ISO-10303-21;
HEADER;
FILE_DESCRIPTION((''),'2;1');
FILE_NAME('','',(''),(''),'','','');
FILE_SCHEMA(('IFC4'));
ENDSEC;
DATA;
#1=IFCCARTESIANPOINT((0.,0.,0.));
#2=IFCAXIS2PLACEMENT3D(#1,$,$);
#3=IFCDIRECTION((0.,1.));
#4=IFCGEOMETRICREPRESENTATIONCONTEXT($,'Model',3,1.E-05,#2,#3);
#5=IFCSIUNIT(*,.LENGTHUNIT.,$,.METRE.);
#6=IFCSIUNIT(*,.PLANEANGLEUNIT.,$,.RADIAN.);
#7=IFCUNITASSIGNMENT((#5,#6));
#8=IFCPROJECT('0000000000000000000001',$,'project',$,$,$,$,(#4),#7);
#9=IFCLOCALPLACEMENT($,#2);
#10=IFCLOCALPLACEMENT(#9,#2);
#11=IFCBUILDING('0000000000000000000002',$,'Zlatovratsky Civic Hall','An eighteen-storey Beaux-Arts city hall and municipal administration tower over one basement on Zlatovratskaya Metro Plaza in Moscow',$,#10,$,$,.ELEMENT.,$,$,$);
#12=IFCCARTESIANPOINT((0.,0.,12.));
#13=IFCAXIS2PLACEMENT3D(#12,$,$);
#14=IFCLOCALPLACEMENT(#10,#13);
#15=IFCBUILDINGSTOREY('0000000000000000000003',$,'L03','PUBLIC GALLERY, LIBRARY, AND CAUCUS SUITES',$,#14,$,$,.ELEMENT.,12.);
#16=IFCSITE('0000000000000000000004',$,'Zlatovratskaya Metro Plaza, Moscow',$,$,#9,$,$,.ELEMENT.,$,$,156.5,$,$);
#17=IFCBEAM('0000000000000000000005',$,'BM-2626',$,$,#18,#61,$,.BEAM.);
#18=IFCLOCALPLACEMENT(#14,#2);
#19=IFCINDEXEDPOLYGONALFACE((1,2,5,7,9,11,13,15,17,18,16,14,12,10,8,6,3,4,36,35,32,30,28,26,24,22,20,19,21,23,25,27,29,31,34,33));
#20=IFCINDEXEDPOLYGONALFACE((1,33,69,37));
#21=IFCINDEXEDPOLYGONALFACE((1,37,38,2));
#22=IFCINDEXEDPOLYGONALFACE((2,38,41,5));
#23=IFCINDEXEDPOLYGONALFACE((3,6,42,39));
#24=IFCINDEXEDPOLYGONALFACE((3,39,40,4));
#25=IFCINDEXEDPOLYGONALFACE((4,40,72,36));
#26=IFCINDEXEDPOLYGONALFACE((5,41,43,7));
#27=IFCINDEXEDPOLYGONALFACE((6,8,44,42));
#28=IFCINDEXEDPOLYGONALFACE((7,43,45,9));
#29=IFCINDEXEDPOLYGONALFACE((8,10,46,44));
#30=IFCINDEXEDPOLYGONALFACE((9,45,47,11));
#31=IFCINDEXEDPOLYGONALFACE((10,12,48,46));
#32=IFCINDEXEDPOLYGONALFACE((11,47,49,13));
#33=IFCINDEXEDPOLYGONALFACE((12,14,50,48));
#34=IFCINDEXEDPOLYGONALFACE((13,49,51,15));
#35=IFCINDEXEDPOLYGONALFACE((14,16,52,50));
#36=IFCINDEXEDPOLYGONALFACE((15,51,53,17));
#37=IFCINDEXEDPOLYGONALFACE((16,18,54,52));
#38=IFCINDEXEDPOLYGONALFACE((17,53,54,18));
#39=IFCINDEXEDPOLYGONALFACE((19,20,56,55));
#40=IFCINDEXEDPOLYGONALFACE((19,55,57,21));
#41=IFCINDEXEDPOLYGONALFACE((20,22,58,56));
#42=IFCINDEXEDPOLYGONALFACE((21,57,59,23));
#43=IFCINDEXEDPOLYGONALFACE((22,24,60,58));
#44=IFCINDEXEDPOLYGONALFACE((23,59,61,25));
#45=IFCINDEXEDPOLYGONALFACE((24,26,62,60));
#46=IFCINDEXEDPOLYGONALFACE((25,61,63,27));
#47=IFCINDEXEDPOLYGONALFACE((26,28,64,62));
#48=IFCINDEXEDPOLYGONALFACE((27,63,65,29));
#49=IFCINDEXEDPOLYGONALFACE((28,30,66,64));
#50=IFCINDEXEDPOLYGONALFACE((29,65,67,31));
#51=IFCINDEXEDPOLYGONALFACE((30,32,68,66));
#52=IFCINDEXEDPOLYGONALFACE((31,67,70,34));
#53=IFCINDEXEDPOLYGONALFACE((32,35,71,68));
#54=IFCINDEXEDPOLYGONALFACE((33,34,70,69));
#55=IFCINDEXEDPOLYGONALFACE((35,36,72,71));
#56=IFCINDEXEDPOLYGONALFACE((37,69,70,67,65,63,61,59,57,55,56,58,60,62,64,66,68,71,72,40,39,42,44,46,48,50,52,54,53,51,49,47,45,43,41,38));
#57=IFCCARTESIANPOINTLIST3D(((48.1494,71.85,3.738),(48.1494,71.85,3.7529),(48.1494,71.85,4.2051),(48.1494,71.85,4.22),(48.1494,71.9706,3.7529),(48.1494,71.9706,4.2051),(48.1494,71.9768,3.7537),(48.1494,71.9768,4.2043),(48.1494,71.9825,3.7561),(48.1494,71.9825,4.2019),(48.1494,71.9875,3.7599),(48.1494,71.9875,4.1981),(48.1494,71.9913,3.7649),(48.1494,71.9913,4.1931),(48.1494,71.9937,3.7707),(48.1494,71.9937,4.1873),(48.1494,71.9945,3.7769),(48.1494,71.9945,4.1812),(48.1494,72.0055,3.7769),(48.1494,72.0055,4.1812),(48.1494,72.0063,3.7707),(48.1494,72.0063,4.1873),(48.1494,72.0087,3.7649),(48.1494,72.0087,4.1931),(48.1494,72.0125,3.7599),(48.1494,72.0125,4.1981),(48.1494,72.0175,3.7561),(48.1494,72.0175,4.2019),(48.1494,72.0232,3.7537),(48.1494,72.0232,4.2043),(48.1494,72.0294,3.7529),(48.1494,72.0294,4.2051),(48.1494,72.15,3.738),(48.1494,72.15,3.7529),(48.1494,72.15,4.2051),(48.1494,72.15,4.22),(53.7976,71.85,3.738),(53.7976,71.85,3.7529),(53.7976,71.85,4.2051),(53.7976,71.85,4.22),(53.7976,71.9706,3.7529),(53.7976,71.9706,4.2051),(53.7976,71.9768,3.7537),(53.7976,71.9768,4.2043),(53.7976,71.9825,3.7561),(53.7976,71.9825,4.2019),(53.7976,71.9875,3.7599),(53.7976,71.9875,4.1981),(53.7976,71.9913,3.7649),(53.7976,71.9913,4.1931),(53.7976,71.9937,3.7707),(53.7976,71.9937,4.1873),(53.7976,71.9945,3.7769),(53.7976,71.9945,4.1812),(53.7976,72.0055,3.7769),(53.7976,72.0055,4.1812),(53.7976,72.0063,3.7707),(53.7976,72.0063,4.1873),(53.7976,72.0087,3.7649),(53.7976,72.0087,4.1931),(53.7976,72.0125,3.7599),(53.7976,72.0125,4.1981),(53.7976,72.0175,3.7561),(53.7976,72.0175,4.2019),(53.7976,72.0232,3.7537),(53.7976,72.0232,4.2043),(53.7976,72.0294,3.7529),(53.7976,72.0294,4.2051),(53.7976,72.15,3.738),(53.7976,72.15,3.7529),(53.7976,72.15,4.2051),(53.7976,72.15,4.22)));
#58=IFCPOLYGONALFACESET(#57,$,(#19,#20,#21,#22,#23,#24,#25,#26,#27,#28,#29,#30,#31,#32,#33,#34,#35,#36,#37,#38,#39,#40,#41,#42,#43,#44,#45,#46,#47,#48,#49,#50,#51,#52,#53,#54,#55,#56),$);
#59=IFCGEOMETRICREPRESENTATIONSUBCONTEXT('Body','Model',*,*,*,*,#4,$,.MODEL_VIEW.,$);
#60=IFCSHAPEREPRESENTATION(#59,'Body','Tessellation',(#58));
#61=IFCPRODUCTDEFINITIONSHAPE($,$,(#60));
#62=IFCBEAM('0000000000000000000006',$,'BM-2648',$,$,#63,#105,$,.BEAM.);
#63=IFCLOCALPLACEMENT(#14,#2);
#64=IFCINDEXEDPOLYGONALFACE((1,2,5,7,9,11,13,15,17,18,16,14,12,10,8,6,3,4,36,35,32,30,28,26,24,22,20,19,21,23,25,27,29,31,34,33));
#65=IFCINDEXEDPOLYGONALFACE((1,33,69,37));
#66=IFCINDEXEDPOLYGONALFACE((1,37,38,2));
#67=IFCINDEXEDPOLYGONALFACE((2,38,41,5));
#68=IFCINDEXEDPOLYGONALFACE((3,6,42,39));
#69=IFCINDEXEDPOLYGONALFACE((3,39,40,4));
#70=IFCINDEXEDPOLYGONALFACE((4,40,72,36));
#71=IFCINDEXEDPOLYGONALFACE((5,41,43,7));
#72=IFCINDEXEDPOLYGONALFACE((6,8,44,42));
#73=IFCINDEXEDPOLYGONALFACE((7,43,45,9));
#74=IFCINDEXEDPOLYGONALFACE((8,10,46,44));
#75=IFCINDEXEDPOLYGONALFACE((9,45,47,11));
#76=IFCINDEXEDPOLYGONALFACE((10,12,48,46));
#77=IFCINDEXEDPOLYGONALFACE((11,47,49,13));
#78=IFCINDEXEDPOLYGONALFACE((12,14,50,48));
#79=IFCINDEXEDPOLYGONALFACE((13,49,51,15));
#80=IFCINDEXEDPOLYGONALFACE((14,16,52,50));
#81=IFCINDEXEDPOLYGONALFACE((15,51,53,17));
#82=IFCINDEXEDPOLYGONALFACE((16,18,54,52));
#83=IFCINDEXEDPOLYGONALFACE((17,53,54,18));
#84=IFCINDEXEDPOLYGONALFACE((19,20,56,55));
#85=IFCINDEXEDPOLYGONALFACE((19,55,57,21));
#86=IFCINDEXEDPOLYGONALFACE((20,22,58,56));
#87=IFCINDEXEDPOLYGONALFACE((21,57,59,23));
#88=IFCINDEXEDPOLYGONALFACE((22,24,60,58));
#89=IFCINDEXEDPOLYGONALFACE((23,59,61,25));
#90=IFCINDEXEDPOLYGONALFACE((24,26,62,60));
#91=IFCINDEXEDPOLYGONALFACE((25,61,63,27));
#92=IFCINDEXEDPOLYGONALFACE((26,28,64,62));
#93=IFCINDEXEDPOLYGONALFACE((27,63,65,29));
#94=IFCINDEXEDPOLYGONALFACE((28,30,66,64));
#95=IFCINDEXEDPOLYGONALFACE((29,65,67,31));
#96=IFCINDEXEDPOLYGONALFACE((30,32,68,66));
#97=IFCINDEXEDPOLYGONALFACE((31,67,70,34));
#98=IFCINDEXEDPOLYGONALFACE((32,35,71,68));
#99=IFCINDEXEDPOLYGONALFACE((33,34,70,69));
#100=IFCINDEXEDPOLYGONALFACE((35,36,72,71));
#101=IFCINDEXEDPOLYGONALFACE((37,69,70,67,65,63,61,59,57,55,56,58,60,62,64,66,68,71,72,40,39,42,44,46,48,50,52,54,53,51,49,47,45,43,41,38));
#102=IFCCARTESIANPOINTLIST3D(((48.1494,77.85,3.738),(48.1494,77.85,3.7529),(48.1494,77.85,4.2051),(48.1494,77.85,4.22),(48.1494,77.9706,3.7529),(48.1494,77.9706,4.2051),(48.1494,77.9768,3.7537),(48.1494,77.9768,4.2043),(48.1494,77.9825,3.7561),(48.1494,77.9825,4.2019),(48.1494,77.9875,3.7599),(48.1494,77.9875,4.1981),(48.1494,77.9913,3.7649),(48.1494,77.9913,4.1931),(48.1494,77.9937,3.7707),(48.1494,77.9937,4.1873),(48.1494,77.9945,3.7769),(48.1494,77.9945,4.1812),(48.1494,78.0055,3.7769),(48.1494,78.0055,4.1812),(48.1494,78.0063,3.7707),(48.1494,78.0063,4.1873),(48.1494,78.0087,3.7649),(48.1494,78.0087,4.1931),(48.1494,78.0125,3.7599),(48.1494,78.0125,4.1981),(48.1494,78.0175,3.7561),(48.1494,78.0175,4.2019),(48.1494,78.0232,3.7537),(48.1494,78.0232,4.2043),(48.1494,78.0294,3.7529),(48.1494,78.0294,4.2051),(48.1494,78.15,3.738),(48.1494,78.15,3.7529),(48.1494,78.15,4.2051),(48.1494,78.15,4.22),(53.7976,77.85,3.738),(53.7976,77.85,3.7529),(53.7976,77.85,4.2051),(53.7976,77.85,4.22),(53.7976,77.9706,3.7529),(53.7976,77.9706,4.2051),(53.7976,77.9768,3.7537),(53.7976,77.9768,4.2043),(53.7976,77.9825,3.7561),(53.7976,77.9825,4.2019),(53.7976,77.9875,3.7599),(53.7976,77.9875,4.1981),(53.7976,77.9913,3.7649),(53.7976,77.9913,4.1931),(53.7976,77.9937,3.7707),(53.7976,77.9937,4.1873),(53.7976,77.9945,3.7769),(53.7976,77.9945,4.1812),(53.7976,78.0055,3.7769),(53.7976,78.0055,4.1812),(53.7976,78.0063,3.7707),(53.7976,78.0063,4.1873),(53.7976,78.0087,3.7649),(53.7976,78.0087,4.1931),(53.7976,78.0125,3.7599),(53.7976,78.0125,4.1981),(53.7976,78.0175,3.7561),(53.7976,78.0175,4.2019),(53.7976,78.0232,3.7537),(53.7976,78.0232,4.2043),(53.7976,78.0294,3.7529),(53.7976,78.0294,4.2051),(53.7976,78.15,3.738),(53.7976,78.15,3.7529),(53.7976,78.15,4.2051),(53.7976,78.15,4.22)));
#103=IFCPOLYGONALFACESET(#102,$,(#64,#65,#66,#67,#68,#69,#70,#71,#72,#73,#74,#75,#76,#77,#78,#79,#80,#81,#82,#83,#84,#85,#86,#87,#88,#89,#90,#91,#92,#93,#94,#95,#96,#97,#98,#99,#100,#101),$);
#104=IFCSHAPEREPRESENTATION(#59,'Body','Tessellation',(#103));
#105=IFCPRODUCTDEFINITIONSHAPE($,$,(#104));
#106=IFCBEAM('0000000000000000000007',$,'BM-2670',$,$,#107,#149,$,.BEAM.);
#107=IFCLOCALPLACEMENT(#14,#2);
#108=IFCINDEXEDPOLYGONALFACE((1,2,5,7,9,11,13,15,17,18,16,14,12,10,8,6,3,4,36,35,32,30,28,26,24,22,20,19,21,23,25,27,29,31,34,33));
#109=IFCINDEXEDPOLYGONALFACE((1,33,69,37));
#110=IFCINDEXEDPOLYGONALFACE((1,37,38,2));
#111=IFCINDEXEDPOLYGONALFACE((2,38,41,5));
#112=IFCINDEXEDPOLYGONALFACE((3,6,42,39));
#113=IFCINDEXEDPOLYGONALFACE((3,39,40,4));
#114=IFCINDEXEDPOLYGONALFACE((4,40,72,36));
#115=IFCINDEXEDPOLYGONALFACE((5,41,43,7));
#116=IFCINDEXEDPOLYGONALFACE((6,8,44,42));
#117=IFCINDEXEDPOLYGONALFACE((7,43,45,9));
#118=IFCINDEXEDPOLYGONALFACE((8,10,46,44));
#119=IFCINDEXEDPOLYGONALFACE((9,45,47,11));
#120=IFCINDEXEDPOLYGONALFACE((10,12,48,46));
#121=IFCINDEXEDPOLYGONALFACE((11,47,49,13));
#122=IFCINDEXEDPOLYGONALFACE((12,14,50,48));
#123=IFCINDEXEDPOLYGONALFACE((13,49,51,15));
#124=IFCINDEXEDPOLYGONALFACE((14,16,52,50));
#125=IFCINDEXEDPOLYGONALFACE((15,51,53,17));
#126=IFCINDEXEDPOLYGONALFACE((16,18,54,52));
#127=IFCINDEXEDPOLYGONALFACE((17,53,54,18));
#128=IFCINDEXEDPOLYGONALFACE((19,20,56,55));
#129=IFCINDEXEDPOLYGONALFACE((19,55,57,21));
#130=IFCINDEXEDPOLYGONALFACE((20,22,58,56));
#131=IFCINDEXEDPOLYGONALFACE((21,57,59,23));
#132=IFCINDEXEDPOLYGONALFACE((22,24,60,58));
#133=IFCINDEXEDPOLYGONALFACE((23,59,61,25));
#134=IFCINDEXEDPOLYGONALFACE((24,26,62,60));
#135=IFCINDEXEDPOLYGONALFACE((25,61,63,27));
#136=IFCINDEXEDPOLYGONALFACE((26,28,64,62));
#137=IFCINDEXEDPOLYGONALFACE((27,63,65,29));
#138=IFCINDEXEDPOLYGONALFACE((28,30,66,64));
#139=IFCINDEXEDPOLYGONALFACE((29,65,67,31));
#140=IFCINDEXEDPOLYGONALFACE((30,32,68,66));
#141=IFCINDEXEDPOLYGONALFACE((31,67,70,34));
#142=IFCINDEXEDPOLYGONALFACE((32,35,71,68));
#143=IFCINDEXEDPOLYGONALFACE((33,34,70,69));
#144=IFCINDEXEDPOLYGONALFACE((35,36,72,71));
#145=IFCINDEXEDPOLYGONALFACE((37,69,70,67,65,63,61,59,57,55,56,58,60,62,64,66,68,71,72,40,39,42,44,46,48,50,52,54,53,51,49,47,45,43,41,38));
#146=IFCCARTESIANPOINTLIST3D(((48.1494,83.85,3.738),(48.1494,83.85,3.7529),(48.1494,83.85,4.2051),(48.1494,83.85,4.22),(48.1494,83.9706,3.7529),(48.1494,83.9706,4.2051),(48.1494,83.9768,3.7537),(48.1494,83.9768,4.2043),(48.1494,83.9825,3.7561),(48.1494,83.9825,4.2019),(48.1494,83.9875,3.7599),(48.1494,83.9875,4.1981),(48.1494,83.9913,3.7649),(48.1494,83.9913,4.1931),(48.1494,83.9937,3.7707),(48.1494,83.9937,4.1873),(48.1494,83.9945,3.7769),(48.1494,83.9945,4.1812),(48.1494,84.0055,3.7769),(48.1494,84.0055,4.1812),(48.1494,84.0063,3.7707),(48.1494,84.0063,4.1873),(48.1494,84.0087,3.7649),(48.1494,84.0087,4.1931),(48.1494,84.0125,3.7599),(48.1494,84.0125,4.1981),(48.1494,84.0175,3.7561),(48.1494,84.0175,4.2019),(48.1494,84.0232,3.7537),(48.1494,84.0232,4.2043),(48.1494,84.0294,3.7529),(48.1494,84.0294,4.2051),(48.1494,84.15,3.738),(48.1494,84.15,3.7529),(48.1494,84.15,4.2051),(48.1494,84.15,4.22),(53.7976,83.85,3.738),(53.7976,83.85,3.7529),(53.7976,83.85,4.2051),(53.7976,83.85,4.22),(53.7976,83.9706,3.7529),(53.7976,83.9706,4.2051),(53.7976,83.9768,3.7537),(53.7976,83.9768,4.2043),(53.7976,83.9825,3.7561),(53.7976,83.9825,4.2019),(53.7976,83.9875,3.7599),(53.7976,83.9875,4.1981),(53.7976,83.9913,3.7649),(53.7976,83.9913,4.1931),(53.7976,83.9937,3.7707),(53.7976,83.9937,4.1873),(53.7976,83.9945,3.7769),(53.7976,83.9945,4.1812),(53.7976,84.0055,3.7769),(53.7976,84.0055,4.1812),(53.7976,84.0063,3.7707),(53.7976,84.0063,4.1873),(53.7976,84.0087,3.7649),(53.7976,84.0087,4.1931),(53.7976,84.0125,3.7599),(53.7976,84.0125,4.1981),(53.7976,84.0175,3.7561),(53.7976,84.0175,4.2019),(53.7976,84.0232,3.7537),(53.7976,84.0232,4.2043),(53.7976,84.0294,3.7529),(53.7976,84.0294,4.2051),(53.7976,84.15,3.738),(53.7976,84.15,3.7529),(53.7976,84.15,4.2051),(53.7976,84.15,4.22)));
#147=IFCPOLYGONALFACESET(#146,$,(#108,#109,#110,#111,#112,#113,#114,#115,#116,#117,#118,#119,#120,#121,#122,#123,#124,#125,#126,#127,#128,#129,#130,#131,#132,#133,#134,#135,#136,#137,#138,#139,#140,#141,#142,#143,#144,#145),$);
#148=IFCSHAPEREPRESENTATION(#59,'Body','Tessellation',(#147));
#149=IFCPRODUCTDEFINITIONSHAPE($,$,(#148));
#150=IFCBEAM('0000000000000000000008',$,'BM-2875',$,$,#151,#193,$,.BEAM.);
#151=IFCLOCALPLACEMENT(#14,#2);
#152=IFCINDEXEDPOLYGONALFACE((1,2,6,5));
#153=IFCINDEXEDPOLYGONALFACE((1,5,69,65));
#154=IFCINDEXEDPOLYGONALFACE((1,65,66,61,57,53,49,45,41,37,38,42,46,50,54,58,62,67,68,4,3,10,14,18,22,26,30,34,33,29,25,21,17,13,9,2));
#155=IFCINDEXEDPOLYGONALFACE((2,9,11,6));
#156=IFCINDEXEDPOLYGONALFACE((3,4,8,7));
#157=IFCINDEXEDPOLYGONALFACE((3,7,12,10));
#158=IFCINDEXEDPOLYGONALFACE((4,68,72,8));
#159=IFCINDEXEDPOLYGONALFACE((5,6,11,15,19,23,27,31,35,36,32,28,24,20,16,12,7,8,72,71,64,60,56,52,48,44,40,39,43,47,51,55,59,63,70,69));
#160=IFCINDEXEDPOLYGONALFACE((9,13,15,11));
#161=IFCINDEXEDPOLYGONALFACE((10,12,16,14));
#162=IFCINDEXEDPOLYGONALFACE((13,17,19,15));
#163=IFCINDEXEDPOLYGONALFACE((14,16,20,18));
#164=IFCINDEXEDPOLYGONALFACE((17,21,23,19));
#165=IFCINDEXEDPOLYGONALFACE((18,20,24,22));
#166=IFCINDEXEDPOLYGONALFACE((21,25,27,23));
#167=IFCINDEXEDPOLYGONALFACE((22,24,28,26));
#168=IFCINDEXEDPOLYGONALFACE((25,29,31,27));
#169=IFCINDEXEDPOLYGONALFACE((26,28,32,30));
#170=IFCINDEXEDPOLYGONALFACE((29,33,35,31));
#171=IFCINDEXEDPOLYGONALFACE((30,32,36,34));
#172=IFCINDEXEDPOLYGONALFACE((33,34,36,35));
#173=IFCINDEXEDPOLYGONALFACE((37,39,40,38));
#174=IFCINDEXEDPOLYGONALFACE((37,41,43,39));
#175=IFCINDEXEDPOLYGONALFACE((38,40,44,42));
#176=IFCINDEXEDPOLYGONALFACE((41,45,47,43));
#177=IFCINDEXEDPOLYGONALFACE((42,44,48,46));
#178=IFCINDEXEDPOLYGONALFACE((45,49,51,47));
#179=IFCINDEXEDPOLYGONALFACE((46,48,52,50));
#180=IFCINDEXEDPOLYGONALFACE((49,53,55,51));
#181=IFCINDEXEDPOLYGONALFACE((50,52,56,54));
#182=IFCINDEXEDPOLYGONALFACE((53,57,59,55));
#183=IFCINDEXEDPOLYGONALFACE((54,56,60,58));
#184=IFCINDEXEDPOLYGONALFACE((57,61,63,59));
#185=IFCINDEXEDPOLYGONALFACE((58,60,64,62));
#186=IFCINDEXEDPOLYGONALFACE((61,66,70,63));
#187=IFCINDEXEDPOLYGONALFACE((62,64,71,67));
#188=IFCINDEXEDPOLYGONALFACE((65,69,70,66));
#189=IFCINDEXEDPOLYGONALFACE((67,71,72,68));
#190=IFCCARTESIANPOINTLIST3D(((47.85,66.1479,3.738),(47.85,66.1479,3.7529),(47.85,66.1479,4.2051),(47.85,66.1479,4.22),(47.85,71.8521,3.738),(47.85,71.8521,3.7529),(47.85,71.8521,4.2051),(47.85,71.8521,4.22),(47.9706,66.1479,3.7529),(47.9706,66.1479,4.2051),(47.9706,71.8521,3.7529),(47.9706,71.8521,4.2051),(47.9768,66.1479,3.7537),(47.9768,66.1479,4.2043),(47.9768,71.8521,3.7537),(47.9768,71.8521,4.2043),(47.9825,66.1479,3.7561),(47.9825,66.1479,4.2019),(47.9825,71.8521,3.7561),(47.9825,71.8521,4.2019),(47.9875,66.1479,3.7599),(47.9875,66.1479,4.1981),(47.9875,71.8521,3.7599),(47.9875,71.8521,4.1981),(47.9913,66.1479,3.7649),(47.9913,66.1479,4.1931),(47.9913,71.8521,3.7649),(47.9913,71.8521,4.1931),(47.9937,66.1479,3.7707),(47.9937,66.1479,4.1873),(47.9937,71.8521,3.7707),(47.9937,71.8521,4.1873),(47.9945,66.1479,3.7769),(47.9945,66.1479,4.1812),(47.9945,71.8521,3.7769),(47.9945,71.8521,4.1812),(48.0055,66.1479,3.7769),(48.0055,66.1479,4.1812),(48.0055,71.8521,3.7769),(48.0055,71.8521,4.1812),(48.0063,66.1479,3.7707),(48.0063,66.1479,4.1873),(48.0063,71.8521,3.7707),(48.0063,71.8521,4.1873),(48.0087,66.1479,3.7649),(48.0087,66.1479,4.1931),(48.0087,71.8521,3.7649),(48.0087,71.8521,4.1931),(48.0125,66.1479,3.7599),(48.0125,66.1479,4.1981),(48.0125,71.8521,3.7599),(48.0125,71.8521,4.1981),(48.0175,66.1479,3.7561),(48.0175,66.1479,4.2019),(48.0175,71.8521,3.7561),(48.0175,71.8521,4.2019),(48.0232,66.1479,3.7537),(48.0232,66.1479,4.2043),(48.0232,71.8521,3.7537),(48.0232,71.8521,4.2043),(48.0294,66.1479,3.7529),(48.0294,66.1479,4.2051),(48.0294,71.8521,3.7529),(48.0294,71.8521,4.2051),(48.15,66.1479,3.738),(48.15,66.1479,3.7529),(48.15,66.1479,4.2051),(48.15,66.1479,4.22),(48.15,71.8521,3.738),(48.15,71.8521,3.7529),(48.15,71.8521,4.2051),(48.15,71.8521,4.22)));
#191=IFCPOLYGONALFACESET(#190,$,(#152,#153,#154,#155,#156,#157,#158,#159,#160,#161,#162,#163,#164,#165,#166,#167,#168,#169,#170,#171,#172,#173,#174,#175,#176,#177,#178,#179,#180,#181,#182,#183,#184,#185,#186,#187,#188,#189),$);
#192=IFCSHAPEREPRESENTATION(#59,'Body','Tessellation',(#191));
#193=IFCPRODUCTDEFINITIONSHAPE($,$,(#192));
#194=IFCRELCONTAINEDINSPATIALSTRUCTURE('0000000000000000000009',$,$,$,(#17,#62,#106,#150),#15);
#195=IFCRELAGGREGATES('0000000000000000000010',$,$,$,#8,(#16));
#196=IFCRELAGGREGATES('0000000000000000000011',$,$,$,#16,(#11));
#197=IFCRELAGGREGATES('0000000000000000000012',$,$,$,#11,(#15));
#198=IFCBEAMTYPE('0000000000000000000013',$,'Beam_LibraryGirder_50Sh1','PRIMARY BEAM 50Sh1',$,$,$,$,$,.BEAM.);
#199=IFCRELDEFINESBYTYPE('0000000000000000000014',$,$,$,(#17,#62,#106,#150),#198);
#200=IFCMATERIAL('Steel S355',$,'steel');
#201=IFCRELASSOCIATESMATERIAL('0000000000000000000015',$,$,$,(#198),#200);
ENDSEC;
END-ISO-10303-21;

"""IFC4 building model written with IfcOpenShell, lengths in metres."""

from ifc_helpers import new_model, si_unit, direction, frame, origin, origin_2d, place, context, subcontext, project, spatial, i_section, extrude, material, material_profile, profile_set, type_object, element, save


model = new_model("IFC4")

# Units and contexts
model_context = context("Model", 3, precision=1e-05, world=origin(), true_north=direction((0.0, 1.0)))
body_context = subcontext(model_context, "Body", "Model", "MODEL_VIEW")
ifc_project = project(units=[si_unit("LENGTHUNIT", "METRE"), si_unit("PLANEANGLEUNIT", "RADIAN")], contexts=[model_context])

# Site, building, storey
site_placement = place(None, origin())
site = spatial("IfcSite", under=ifc_project, at=site_placement, Name="Zlatovratskaya Metro Plaza, Moscow", CompositionType="ELEMENT", RefElevation=156.5)
building_placement = place(site_placement, origin())
building = spatial("IfcBuilding", under=site, at=building_placement, Name="Zlatovratsky Civic Hall", Description="An eighteen-storey Beaux-Arts city hall and municipal administration tower over one basement on Zlatovratskaya Metro Plaza in Moscow", CompositionType="ELEMENT")
storey_placement = place(building_placement, frame((0.0, 0.0, 12.0)))
storey = spatial("IfcBuildingStorey", under=building, at=storey_placement, Name="L03", Description="PUBLIC GALLERY, LIBRARY, AND CAUCUS SUITES", CompositionType="ELEMENT", Elevation=12.0)

# Shared definitions
ifc_material_1 = material(Name="Steel S355", Category="steel")

# Beams
ifc_material_profile_1 = material_profile(ifc_material_1, i_section(OverallWidth=0.3, OverallDepth=0.4819, WebThickness=0.011, FlangeThickness=0.0149, FilletRadius=0.0239, at=origin_2d()), Name="50Sh1")
ifc_profile_set_1 = profile_set([ifc_material_profile_1], Name="Steel S355")
beam_type_1 = type_object("IfcBeamType", Name="Beam_LibraryGirder_50Sh1", Description="PRIMARY BEAM 50Sh1", PredefinedType="BEAM", material=ifc_profile_set_1)
for number, where, z_axis, x_axis, name in (
    (1, (48.1494, 72.0, 3.979), (1.0, 0.0, 0.0), (0.0, 1.0, 0.0), "BM-2626"),
    (2, (48.1494, 78.0, 3.979), (1.0, 0.0, 0.0), (0.0, 1.0, 0.0), "BM-2648"),
    (3, (48.1494, 84.0, 3.979), (1.0, 0.0, 0.0), (0.0, 1.0, 0.0), "BM-2670"),
):
    element("IfcBeam", number, at=place(storey_placement, frame(where, z_axis=z_axis, x_axis=x_axis)), inside=storey, type_object=beam_type_1, Name=name, PredefinedType="BEAM", context=body_context, shape_type="SweptSolid", body=[
        extrude(i_section(OverallWidth=0.3, OverallDepth=0.4819, WebThickness=0.011, FlangeThickness=0.0149, FilletRadius=0.0239, at=origin_2d()), origin(), (0.0, 0.0, 1.0), 5.6482),
    ])
for number, where, z_axis, x_axis, name in (
    (4, (48.0, 66.1479, 3.979), (0.0, 1.0, 0.0), (-1.0, 0.0, 0.0), "BM-2875"),
):
    element("IfcBeam", number, at=place(storey_placement, frame(where, z_axis=z_axis, x_axis=x_axis)), inside=storey, type_object=beam_type_1, Name=name, PredefinedType="BEAM", context=body_context, shape_type="SweptSolid", body=[
        extrude(i_section(OverallWidth=0.3, OverallDepth=0.4819, WebThickness=0.011, FlangeThickness=0.0149, FilletRadius=0.0239, at=origin_2d()), origin(), (0.0, 0.0, 1.0), 5.7041),
    ])

save(model, "model.ifc")
